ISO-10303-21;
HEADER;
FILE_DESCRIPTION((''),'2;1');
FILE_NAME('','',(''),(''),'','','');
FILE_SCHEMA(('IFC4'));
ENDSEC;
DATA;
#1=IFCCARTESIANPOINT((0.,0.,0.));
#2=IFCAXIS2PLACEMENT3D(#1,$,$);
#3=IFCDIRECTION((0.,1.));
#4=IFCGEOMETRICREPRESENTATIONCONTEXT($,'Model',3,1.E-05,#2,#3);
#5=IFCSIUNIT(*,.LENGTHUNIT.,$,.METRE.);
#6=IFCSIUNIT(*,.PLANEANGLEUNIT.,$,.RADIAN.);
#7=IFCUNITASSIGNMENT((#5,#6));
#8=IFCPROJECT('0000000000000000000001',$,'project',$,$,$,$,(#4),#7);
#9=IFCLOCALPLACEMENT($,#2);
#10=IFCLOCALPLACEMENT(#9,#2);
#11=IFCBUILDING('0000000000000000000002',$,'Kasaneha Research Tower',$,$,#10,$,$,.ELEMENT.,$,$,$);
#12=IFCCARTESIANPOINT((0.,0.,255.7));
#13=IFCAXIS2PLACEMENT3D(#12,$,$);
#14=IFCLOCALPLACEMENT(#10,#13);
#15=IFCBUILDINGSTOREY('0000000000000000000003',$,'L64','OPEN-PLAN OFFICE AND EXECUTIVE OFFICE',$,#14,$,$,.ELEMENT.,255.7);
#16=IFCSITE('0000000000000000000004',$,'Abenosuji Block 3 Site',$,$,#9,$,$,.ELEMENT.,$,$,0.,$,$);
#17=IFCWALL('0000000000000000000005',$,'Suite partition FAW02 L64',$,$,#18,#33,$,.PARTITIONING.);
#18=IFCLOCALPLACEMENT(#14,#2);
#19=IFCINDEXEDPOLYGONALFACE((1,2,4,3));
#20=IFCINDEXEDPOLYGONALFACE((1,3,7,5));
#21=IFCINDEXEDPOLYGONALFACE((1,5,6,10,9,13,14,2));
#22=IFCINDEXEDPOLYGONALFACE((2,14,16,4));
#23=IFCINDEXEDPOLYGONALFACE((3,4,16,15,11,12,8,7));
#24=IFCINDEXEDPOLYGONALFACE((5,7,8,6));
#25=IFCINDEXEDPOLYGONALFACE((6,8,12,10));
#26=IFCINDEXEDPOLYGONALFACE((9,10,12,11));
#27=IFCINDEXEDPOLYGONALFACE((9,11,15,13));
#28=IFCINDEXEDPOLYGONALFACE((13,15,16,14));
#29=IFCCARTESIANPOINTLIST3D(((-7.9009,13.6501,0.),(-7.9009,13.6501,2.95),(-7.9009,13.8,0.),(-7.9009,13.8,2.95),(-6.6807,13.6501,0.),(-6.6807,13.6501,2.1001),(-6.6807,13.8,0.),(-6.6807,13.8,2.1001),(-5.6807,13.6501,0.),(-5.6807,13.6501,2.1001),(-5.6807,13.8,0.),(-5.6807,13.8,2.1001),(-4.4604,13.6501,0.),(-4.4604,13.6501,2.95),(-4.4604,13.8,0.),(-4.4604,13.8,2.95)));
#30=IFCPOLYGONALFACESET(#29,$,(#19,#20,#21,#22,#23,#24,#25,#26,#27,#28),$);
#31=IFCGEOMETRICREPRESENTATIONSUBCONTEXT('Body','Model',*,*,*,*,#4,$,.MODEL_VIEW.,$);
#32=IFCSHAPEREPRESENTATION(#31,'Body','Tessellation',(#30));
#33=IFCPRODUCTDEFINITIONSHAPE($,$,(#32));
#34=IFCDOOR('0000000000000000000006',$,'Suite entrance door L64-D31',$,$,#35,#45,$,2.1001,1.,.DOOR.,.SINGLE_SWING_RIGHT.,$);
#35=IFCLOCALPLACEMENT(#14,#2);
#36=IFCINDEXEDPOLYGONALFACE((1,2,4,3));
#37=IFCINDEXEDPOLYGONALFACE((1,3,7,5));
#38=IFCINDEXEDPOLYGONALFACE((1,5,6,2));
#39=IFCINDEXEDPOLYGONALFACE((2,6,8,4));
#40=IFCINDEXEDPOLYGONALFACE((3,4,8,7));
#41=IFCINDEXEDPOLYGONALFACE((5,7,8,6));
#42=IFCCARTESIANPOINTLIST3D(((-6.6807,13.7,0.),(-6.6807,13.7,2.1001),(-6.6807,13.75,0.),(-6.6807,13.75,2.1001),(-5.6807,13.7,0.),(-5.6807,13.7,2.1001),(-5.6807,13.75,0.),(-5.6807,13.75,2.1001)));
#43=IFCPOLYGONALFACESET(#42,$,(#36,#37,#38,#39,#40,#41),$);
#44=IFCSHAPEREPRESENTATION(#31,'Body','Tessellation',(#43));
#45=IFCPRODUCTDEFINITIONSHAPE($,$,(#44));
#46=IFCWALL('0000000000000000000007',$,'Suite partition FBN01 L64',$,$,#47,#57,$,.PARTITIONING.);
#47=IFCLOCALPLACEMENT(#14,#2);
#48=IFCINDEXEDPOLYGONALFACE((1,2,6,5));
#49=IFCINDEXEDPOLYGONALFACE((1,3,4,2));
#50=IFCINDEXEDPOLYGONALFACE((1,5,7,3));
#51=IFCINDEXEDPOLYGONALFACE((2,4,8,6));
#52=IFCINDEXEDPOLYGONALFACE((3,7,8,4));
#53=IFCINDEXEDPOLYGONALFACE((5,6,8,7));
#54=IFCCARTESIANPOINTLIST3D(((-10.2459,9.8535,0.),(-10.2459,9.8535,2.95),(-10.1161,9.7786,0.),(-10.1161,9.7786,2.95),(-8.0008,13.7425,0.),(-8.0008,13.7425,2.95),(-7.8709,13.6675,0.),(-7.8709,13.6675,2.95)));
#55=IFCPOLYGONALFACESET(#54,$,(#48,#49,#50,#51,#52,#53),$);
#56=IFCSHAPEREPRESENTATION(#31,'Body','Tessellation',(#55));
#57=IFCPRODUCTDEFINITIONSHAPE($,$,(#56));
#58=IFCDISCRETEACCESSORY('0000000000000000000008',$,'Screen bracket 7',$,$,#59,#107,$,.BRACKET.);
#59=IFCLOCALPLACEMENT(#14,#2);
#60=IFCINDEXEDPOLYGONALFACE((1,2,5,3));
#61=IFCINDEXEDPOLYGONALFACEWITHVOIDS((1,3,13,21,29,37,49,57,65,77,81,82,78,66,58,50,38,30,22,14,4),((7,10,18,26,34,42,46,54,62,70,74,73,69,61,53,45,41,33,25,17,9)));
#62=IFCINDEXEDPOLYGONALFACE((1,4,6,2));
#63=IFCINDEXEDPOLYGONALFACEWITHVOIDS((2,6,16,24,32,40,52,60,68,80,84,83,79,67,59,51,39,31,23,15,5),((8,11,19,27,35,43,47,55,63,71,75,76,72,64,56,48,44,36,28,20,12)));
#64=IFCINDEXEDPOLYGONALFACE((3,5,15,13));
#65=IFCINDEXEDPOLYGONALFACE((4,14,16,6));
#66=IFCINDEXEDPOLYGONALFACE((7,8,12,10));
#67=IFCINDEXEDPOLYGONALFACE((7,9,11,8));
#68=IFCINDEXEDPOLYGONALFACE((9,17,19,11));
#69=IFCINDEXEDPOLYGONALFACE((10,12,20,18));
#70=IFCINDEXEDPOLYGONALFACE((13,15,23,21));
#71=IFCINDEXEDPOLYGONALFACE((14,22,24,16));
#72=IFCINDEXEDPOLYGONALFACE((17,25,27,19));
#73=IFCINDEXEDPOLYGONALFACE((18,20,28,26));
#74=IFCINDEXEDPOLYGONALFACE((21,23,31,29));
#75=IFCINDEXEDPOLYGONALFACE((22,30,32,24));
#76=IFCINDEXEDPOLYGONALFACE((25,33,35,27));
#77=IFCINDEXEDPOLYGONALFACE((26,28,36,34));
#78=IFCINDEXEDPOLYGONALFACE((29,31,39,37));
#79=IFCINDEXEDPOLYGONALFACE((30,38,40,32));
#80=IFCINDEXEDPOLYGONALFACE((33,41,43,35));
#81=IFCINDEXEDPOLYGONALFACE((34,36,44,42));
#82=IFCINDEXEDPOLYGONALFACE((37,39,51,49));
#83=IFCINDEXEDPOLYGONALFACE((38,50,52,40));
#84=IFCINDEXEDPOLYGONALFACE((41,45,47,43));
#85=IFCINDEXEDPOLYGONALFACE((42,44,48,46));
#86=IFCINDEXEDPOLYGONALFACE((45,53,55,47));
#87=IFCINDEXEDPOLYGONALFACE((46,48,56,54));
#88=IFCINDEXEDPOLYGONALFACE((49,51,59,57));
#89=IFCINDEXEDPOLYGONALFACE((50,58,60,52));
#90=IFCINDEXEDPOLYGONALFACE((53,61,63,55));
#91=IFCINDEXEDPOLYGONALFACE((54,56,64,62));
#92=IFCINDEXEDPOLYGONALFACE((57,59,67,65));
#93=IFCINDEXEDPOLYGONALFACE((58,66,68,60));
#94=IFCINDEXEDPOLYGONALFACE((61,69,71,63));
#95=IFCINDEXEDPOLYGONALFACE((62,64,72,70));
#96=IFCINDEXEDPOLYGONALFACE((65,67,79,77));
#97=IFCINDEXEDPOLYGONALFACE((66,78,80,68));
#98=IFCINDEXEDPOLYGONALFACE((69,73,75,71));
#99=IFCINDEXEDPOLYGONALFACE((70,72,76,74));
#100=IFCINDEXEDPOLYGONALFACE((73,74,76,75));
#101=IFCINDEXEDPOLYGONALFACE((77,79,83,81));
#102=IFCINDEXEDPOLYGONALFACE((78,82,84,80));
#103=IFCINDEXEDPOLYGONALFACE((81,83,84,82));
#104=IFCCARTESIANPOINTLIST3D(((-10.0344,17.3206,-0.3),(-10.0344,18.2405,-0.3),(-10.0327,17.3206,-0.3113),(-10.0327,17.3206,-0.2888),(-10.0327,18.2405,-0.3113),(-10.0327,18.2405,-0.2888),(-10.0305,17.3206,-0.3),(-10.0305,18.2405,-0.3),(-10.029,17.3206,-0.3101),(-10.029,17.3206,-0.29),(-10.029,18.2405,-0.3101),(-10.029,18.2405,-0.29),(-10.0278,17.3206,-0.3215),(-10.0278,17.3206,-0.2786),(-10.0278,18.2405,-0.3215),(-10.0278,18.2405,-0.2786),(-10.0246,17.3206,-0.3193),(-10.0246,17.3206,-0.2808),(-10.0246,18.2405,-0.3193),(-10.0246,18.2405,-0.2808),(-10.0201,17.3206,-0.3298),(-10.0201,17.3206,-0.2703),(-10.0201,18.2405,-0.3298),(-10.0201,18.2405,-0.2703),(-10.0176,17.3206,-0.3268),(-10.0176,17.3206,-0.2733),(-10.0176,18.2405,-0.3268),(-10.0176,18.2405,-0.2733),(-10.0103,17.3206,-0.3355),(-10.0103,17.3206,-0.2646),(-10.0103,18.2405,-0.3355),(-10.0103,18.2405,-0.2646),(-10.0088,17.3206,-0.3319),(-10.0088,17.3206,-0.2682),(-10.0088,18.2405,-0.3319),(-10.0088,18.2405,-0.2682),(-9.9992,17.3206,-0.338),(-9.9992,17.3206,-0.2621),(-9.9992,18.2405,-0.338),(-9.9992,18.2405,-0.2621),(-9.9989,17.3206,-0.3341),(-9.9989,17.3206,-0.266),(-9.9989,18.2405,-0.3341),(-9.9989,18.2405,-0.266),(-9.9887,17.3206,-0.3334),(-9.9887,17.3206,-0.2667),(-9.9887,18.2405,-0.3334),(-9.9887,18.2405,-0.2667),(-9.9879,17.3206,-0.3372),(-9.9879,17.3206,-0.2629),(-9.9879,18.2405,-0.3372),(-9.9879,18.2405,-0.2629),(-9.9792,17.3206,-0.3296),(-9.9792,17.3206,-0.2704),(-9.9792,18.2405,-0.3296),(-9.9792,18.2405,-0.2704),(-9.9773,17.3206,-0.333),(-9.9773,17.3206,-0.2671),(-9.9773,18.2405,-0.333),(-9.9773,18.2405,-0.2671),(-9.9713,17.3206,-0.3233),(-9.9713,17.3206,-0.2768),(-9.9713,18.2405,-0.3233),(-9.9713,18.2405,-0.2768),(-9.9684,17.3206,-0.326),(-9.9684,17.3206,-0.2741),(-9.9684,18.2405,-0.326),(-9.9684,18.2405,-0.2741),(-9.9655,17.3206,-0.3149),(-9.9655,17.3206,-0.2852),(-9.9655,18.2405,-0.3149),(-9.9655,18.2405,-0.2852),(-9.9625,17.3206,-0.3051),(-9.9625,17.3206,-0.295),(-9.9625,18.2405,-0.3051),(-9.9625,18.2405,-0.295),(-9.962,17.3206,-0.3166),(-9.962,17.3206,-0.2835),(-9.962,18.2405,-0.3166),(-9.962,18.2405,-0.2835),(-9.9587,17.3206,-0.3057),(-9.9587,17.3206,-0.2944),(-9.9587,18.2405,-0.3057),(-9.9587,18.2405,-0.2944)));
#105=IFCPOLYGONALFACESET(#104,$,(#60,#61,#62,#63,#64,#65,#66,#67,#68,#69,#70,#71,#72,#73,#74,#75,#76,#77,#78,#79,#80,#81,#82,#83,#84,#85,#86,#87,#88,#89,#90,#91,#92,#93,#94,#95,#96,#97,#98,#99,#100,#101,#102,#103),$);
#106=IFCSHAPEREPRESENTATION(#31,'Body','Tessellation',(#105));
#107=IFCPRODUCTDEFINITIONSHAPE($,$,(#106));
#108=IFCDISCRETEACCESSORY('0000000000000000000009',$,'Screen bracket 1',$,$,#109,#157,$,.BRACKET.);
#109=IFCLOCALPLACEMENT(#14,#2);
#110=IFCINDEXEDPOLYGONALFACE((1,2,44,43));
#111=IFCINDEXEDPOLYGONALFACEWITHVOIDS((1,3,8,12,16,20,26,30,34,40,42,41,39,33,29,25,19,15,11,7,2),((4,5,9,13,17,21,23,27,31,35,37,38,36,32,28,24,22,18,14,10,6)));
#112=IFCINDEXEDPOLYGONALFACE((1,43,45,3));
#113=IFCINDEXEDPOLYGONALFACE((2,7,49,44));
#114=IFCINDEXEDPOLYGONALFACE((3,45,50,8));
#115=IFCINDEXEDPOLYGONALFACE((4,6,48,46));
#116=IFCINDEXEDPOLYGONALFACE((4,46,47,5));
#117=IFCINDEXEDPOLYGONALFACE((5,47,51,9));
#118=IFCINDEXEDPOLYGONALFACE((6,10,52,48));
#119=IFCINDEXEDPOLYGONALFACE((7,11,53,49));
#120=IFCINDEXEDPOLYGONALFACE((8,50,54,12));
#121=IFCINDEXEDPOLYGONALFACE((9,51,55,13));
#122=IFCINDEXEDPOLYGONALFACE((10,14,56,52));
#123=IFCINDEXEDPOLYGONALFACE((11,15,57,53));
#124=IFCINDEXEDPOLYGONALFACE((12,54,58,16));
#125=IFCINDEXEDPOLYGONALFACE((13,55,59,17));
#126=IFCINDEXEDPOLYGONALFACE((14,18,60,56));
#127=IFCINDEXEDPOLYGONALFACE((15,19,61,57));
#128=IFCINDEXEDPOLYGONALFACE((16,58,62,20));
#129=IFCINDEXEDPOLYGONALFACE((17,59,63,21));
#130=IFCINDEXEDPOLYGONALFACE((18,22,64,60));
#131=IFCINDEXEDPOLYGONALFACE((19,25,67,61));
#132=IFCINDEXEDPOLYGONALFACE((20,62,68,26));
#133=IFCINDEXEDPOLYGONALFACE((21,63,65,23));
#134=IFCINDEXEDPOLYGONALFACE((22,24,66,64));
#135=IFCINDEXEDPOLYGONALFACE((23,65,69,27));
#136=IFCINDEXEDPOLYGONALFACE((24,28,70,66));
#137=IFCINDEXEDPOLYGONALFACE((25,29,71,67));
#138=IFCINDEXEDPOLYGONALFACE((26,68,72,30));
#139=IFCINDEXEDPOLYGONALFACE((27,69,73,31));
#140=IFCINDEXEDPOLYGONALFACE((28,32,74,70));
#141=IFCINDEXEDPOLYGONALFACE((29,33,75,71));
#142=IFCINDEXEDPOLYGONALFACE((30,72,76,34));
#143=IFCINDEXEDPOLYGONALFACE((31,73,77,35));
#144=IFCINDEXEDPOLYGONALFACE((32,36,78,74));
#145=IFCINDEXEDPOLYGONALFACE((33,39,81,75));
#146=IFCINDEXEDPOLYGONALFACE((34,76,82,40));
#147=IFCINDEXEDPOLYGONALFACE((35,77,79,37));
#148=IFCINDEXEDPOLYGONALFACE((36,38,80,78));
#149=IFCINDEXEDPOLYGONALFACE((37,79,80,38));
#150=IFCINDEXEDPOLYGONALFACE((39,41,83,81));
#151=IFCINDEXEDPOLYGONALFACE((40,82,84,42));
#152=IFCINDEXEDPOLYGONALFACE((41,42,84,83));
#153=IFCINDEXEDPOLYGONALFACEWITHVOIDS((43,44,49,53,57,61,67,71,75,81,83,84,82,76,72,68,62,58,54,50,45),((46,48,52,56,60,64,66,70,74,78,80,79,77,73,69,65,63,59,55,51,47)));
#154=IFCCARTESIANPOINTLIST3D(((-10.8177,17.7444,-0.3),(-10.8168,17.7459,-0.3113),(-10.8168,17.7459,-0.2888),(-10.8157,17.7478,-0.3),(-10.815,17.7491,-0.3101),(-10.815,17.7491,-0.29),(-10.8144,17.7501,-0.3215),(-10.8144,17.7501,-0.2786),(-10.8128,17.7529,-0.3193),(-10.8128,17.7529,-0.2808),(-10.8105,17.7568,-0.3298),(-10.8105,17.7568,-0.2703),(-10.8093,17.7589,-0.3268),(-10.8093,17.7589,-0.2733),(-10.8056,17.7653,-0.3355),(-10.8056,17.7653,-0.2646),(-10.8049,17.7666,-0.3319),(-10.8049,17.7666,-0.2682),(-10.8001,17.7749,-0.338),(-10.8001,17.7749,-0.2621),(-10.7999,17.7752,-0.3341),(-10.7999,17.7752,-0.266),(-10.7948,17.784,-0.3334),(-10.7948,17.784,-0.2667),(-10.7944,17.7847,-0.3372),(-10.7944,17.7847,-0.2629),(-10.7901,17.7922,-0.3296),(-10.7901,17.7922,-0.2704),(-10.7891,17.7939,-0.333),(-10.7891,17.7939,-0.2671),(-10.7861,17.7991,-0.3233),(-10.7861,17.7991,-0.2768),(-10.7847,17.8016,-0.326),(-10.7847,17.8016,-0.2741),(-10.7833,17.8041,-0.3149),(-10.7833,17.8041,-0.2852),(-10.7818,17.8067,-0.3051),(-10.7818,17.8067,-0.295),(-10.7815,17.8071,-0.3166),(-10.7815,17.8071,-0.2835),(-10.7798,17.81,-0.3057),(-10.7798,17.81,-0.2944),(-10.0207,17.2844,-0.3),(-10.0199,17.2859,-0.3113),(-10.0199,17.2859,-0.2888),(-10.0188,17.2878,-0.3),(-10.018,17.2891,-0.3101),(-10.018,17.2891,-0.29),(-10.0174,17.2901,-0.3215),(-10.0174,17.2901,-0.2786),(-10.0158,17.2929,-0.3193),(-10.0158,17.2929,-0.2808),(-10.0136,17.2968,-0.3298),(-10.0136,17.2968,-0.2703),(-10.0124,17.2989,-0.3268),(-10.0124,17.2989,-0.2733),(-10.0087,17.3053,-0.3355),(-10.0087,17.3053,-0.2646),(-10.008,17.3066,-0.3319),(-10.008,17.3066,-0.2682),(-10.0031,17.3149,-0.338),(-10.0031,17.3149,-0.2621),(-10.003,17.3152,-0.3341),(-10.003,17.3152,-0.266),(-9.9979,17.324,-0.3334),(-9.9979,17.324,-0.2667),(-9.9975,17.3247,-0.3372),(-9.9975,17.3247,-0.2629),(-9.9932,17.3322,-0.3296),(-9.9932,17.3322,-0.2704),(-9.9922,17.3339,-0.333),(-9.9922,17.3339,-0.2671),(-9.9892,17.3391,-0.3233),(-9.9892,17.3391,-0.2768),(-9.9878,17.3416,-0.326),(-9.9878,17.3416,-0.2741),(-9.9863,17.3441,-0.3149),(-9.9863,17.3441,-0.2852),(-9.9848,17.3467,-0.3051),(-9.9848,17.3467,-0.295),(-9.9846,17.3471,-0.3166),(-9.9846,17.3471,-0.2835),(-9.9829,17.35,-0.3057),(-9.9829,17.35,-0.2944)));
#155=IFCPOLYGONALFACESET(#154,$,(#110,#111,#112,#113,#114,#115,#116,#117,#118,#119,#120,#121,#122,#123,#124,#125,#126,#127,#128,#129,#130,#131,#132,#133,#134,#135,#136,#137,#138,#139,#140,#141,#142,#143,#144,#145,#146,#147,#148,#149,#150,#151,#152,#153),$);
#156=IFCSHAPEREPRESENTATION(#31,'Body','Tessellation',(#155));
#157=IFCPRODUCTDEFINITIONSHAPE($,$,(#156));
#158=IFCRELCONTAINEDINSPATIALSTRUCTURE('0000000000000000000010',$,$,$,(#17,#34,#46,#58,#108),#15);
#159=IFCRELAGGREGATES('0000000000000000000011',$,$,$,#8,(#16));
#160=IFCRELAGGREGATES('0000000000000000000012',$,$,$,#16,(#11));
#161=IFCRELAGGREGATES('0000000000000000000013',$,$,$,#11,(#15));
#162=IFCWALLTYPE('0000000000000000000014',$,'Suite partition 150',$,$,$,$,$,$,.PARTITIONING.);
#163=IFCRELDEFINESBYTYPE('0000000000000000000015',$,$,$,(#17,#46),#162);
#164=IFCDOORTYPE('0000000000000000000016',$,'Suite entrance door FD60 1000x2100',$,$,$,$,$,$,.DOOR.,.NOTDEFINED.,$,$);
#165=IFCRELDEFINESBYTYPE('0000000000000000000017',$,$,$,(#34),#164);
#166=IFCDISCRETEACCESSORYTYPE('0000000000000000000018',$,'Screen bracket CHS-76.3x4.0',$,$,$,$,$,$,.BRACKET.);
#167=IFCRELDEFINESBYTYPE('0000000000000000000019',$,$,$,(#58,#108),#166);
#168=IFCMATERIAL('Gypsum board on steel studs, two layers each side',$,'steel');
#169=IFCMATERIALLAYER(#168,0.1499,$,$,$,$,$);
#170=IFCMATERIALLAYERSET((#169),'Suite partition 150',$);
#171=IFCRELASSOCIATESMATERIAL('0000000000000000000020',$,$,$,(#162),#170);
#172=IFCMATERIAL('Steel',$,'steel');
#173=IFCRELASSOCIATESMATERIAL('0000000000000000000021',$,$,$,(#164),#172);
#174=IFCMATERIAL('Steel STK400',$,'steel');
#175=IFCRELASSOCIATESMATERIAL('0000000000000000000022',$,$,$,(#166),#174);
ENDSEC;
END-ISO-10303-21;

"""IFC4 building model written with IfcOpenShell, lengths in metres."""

from ifc_helpers import new_model, si_unit, direction, frame, frame_2d, origin, origin_2d, place, context, subcontext, project, spatial, rectangle, hollow_circle, extrude, material, layer, layer_set, material_profile, profile_set, type_object, element, fill, save


model = new_model("IFC4")

# Units and contexts
model_context = context("Model", 3, precision=1e-05, world=origin(), true_north=direction((0.0, 1.0)))
body_context = subcontext(model_context, "Body", "Model", "MODEL_VIEW")
ifc_project = project(units=[si_unit("LENGTHUNIT", "METRE"), si_unit("PLANEANGLEUNIT", "RADIAN")], contexts=[model_context])

# Site, building, storey
site_placement = place(None, origin())
site = spatial("IfcSite", under=ifc_project, at=site_placement, Name="Abenosuji Block 3 Site", CompositionType="ELEMENT", RefElevation=0.0)
building_placement = place(site_placement, origin())
building = spatial("IfcBuilding", under=site, at=building_placement, Name="Kasaneha Research Tower", CompositionType="ELEMENT")
storey_placement = place(building_placement, frame((0.0, 0.0, 255.7)))
storey = spatial("IfcBuildingStorey", under=building, at=storey_placement, Name="L64", Description="OPEN-PLAN OFFICE AND EXECUTIVE OFFICE", CompositionType="ELEMENT", Elevation=255.7)

# Wall, opening, door
ifc_material_1 = material(Name="Gypsum board on steel studs, two layers each side", Category="steel")
ifc_layer_1 = layer(ifc_material_1, 0.1499)
ifc_layer_set_1 = layer_set([ifc_layer_1], Name="Suite partition 150")
wall_type_1 = type_object("IfcWallType", Name="Suite partition 150", PredefinedType="PARTITIONING", material=ifc_layer_set_1)
wall_1_placement = place(storey_placement, frame((-7.9009, 13.7251, 0.0), z_axis=(0.0, 0.0, 1.0), x_axis=(1.0, 0.0, 0.0)))
wall_1 = element("IfcWall", 1, at=wall_1_placement, inside=storey, type_object=wall_type_1, Name="Suite partition FAW02 L64", PredefinedType="PARTITIONING", context=body_context, shape_type="SweptSolid", body=[
    extrude(rectangle(XDim=3.4404, YDim=0.1499, at=frame_2d((1.7202, 0.0))), origin(), (0.0, 0.0, 1.0), 2.95),
])
opening_1_placement = place(wall_1_placement, frame((1.2202, 0.0, 0.0)))
opening_1 = element("IfcOpeningElement", 2, at=opening_1_placement, cuts=wall_1, PredefinedType="OPENING", context=body_context, shape_type="SweptSolid", body=[
    extrude(rectangle(XDim=1.0, YDim=2.1001, at=frame_2d((0.5, 1.05))), frame((0.0, 0.085, 0.0), z_axis=(0.0, -1.0, 0.0), x_axis=(1.0, 0.0, 0.0)), (0.0, 0.0, 1.0), 0.1699),
])
ifc_material_2 = material(Name="Steel", Category="steel")
door_type_1 = type_object("IfcDoorType", Name="Suite entrance door FD60 1000x2100", OperationType="NOTDEFINED", PredefinedType="DOOR", material=ifc_material_2)
door_1_placement = place(opening_1_placement, origin())
door_1 = element("IfcDoor", 3, at=door_1_placement, inside=storey, type_object=door_type_1, Name="Suite entrance door L64-D31", OperationType="SINGLE_SWING_RIGHT", OverallHeight=2.1001, OverallWidth=1.0, PredefinedType="DOOR", context=body_context, shape_type="SweptSolid", body=[
    extrude(rectangle(XDim=1.0, YDim=2.1001, at=frame_2d((0.5, 1.05))), frame((0.0, 0.0249, 0.0), z_axis=(0.0, -1.0, 0.0), x_axis=(1.0, 0.0, 0.0)), (0.0, 0.0, 1.0), 0.05),
])
fill(opening_1, door_1)

# Wall
wall_2_placement = place(storey_placement, frame((-10.1809, 9.8162, 0.0), z_axis=(0.0, 0.0, 1.0), x_axis=(0.499975, 0.86604, 0.0)))
element("IfcWall", 4, at=wall_2_placement, inside=storey, type_object=wall_type_1, Name="Suite partition FBN01 L64", PredefinedType="PARTITIONING", context=body_context, shape_type="SweptSolid", body=[
    extrude(rectangle(XDim=4.4905, YDim=0.1499, at=frame_2d((2.2451, 0.0))), origin(), (0.0, 0.0, 1.0), 2.95),
])

# Discrete accessories
ifc_material_3 = material(Name="Steel STK400", Category="steel")
ifc_material_profile_1 = material_profile(ifc_material_3, hollow_circle(Radius=0.0381, WallThickness=0.0039, at=origin_2d()), Name="CHS-76.3x4.0")
ifc_profile_set_1 = profile_set([ifc_material_profile_1], Name="Steel STK400")
discrete_accessory_type = type_object("IfcDiscreteAccessoryType", Name="Screen bracket CHS-76.3x4.0", PredefinedType="BRACKET", material=ifc_profile_set_1)
discrete_accessory_1_placement = place(storey_placement, frame((-9.9963, 17.3206, -0.3), z_axis=(0.0, 1.0, 0.0), x_axis=(-1.0, 0.0, 0.0)))
element("IfcDiscreteAccessory", 5, at=discrete_accessory_1_placement, inside=storey, type_object=discrete_accessory_type, Name="Screen bracket 7", PredefinedType="BRACKET", context=body_context, shape_type="SweptSolid", body=[
    extrude(hollow_circle(Radius=0.0381, WallThickness=0.0039, at=origin_2d()), origin(), (0.0, 0.0, 1.0), 0.9199),
])
discrete_accessory_2_placement = place(storey_placement, frame((-10.0017, 17.3174, -0.3), z_axis=(-0.86608, 0.499906, 0.0), x_axis=(-0.499906, -0.86608, 0.0)))
element("IfcDiscreteAccessory", 6, at=discrete_accessory_2_placement, inside=storey, type_object=discrete_accessory_type, Name="Screen bracket 1", PredefinedType="BRACKET", context=body_context, shape_type="SweptSolid", body=[
    extrude(hollow_circle(Radius=0.0381, WallThickness=0.0039, at=origin_2d()), origin(), (0.0, 0.0, 1.0), 0.9202),
])

save(model, "model.ifc")
